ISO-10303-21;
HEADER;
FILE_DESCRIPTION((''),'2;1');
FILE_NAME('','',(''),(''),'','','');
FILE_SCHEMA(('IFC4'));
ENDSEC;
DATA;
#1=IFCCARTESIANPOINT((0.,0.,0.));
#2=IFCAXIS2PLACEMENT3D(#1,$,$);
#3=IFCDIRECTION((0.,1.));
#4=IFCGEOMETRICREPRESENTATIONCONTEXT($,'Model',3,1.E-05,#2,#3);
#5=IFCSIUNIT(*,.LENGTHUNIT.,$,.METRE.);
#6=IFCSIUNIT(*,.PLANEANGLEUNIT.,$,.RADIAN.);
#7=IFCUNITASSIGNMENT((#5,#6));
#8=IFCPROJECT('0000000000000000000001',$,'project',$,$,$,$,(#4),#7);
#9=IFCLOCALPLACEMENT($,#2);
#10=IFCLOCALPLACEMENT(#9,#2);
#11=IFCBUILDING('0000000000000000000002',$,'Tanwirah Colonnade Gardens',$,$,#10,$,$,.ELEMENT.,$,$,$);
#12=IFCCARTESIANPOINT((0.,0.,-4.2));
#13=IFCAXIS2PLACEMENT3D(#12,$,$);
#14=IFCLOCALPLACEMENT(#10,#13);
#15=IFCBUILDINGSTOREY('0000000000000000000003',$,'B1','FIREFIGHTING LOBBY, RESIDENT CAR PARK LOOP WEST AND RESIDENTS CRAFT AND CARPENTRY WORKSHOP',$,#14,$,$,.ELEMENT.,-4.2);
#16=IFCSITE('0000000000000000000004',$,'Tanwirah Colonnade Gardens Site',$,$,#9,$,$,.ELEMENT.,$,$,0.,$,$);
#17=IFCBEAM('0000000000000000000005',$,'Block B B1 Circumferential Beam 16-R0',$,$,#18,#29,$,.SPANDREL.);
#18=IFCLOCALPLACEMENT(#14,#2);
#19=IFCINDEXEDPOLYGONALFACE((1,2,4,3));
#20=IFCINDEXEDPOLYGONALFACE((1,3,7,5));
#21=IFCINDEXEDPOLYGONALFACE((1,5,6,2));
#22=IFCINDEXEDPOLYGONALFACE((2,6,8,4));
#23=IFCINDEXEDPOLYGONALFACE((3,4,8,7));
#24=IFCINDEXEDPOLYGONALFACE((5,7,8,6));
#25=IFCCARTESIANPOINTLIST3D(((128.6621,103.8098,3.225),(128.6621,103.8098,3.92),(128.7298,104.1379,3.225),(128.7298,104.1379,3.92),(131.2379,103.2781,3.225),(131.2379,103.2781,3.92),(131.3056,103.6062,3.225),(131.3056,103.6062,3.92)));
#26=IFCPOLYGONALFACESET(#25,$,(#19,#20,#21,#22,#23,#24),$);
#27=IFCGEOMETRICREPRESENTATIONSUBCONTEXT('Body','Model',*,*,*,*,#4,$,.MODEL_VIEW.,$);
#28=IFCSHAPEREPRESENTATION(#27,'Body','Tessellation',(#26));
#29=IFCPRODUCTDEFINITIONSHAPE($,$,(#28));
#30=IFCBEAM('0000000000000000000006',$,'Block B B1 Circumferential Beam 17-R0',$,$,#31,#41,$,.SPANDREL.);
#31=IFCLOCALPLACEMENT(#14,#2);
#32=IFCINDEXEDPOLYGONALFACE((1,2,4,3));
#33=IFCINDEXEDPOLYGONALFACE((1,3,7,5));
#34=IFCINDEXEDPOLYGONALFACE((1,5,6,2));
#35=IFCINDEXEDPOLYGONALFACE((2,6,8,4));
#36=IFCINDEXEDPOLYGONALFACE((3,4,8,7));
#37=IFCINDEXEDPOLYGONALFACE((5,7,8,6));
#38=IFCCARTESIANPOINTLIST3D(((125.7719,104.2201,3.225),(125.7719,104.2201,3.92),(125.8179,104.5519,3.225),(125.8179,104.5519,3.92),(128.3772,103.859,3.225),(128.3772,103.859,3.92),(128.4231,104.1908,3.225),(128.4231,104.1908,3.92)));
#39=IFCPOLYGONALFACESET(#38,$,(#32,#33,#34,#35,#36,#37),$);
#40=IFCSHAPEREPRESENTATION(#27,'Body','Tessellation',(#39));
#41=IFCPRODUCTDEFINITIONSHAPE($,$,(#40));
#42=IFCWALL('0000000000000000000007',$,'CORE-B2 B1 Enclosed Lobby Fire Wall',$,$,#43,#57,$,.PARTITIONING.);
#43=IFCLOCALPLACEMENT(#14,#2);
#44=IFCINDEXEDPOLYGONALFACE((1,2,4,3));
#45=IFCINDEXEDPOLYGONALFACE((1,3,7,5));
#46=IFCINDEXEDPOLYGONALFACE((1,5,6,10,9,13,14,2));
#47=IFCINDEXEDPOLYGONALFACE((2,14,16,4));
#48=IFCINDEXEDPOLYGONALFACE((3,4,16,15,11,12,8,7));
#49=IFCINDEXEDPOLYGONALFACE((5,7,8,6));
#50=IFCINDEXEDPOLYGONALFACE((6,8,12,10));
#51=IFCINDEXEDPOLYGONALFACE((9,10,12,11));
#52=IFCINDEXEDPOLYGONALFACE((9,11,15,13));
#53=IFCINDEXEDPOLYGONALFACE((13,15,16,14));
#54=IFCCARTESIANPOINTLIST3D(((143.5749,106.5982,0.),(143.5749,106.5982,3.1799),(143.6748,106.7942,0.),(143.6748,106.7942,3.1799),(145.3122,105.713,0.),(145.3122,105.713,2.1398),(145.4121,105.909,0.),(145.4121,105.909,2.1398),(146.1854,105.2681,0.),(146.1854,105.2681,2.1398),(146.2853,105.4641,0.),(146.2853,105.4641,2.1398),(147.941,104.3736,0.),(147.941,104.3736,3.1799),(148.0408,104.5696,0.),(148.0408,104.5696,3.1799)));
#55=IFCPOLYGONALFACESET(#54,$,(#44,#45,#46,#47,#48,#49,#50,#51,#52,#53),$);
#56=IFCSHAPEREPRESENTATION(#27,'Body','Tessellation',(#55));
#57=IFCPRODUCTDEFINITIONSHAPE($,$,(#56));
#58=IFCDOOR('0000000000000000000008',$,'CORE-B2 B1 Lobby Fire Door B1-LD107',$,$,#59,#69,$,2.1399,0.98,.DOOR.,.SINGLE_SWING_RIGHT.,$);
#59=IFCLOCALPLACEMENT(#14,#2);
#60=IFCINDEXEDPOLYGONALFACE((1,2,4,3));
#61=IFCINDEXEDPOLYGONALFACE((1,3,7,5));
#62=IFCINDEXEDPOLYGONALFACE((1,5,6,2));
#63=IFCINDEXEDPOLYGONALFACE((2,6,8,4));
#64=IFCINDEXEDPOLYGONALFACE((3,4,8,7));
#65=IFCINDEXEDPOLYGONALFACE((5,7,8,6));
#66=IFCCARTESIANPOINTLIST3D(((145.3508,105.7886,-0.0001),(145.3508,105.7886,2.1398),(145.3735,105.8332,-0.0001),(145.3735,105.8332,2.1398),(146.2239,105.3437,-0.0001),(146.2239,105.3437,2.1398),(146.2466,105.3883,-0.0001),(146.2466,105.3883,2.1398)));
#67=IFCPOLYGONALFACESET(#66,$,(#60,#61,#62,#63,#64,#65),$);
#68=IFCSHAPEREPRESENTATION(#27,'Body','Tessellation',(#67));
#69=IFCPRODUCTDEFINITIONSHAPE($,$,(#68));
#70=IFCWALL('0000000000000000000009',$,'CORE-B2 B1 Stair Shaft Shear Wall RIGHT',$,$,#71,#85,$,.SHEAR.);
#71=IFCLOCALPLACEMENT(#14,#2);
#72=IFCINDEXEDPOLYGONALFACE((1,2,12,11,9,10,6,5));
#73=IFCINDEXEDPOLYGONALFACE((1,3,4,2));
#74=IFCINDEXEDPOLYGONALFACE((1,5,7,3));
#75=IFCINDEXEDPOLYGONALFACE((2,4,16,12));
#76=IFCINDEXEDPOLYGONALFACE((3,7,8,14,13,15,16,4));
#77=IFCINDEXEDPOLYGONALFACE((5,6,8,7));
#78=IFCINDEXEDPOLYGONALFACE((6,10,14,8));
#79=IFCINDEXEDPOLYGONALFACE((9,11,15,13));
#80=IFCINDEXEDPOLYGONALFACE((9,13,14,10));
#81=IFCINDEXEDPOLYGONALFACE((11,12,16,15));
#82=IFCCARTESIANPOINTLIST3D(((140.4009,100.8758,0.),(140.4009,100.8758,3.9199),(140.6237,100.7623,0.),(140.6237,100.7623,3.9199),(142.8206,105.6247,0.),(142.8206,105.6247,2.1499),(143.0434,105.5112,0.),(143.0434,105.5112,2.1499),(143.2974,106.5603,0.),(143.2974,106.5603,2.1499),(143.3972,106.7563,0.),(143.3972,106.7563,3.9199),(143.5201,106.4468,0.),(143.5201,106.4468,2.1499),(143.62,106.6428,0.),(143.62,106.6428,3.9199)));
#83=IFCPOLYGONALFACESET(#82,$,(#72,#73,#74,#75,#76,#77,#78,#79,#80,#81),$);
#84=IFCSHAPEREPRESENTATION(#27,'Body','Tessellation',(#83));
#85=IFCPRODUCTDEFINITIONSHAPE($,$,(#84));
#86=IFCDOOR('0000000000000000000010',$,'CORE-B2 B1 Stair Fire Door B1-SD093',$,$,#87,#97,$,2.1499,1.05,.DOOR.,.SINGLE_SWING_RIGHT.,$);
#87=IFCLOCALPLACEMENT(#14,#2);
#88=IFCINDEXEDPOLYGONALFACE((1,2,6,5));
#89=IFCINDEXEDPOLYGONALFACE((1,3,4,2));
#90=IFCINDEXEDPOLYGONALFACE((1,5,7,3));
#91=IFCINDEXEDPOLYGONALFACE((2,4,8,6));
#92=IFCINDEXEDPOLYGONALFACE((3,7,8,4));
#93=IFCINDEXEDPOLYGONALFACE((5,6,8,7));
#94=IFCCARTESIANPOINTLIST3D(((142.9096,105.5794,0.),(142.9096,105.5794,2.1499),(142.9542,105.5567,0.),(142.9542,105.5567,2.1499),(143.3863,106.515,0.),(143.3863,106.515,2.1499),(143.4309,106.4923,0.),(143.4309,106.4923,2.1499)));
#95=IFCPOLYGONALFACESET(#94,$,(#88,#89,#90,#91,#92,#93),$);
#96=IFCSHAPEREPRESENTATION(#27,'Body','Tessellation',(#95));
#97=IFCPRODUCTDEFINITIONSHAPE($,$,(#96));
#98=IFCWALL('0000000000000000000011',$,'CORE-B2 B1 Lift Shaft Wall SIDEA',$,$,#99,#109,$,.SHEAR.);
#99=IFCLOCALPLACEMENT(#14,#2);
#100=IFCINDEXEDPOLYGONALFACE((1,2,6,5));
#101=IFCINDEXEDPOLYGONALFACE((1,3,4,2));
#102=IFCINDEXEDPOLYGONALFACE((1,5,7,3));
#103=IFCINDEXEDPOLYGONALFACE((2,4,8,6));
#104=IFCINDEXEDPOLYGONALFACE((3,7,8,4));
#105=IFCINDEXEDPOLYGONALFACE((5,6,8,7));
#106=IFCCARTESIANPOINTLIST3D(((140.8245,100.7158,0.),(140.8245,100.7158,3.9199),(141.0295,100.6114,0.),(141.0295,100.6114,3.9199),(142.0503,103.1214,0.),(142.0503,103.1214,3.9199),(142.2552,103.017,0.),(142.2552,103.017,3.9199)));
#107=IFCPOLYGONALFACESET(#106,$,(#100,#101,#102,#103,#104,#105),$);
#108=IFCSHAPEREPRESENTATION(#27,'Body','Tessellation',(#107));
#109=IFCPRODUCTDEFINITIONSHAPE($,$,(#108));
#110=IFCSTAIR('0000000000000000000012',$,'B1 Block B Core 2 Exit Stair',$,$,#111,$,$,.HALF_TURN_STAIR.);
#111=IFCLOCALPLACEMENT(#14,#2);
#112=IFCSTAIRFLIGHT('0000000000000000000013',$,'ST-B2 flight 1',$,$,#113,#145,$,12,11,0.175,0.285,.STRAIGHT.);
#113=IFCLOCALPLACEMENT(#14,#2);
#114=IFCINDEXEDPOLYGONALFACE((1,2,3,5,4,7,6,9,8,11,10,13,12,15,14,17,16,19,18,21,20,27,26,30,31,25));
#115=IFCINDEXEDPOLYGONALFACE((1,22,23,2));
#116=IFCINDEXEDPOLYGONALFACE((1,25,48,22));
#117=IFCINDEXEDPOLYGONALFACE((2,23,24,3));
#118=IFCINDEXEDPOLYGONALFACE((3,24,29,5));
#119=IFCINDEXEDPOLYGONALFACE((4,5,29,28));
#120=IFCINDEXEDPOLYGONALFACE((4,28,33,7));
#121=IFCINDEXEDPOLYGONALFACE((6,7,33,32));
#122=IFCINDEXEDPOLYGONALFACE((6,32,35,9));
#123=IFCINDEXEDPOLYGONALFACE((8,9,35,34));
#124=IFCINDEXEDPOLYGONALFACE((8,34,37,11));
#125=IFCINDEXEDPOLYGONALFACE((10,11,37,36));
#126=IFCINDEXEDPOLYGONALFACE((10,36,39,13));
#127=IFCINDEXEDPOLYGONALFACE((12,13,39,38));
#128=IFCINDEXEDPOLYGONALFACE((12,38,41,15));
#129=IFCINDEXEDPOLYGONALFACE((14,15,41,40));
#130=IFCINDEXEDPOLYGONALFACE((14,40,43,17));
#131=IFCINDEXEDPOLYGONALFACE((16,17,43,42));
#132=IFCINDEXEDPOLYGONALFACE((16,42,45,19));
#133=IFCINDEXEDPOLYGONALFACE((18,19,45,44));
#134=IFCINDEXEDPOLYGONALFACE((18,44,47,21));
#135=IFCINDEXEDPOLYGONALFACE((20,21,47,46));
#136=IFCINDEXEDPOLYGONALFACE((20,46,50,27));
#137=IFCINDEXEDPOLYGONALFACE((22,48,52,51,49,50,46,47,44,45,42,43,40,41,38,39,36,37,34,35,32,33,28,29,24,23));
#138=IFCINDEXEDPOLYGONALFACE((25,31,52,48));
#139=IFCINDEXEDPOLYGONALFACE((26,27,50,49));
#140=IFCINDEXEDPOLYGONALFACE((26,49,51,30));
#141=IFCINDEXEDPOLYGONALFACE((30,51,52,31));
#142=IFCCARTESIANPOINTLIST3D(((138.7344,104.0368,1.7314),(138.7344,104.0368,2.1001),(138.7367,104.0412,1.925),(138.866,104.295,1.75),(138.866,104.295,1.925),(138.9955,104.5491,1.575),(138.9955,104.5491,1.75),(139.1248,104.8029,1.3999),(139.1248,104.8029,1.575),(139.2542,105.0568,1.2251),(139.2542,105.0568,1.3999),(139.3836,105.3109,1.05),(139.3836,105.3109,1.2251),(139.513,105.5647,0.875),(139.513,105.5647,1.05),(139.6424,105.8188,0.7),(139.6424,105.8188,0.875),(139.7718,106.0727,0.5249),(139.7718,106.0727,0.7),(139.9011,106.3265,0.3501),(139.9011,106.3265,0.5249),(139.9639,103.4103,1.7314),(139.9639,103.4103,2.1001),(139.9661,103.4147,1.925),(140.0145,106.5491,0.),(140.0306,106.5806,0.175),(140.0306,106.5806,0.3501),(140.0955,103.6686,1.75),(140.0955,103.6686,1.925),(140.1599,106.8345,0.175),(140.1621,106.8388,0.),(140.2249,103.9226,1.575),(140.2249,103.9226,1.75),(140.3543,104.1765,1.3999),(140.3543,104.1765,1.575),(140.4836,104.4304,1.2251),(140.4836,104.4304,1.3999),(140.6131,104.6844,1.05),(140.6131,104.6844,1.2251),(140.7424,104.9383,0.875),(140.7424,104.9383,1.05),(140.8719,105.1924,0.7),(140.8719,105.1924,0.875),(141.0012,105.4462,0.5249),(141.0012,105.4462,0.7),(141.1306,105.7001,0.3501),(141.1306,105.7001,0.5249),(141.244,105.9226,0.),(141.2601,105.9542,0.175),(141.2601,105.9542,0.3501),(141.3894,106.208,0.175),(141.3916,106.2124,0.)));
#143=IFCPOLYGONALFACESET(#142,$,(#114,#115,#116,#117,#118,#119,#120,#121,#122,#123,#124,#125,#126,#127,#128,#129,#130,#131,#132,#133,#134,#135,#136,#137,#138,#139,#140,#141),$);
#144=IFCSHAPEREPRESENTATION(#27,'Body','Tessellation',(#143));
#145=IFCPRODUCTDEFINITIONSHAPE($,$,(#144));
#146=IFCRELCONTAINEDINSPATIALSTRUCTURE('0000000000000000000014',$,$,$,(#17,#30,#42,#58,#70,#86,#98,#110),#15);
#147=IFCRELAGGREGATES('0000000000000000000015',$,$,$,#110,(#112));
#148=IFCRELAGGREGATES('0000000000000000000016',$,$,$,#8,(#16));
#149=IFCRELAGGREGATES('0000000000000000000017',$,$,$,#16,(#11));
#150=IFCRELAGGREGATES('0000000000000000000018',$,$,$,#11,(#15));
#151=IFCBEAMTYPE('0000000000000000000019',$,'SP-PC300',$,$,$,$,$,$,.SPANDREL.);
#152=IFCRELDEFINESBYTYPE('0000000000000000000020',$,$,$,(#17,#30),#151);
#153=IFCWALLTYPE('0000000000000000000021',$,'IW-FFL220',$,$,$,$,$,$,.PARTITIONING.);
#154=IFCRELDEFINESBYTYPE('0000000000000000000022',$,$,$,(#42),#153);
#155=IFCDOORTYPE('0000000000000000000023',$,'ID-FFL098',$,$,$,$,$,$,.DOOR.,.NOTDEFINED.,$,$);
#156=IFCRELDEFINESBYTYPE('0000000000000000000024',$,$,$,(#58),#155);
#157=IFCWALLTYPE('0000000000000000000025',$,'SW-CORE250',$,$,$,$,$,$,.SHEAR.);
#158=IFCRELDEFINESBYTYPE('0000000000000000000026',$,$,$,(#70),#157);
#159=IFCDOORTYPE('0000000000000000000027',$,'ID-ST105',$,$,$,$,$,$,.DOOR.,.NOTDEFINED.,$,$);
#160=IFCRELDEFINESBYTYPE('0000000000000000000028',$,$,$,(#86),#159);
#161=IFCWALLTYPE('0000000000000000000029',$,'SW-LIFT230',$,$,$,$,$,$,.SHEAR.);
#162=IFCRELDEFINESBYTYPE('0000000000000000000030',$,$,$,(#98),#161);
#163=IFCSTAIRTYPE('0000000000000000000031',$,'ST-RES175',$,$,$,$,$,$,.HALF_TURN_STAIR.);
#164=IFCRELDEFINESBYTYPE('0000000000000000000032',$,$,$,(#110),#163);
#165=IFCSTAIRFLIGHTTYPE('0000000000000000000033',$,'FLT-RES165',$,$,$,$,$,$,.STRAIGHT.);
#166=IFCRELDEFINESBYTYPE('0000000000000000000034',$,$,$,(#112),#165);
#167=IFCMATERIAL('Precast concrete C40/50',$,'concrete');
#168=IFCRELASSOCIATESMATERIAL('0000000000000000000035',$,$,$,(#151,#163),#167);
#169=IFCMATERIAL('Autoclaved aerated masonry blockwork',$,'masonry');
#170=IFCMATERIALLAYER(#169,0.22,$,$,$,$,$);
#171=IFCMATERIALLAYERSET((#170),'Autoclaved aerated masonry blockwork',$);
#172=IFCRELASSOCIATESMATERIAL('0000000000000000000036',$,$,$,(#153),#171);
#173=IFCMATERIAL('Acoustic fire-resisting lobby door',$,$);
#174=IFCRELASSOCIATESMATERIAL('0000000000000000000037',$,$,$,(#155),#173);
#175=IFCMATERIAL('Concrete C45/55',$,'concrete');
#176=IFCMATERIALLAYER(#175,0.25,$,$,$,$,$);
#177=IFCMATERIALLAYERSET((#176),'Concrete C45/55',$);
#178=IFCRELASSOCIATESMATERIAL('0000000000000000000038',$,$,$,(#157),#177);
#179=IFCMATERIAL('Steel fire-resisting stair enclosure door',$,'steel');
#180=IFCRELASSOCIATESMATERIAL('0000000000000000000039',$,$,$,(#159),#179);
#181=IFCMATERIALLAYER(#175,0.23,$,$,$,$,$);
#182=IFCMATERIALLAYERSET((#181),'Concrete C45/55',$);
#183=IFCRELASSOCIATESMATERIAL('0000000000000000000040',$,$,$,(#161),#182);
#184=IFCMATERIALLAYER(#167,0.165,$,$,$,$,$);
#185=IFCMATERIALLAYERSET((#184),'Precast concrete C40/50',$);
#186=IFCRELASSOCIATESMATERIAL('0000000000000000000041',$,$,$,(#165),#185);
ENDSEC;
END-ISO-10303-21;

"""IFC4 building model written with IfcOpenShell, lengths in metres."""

from ifc_helpers import new_model, si_unit, direction, frame, frame_2d, origin, origin_2d, place, context, subcontext, project, spatial, polyline, rectangle, outline, extrude, material, layer, layer_set, material_profile, profile_set, type_object, element, fill, aggregate, save


model = new_model("IFC4")

# Units and contexts
model_context = context("Model", 3, precision=1e-05, world=origin(), true_north=direction((0.0, 1.0)))
body_context = subcontext(model_context, "Body", "Model", "MODEL_VIEW")
ifc_project = project(units=[si_unit("LENGTHUNIT", "METRE"), si_unit("PLANEANGLEUNIT", "RADIAN")], contexts=[model_context])

# Site, building, storey
site_placement = place(None, origin())
site = spatial("IfcSite", under=ifc_project, at=site_placement, Name="Tanwirah Colonnade Gardens Site", CompositionType="ELEMENT", RefElevation=0.0)
building_placement = place(site_placement, origin())
building = spatial("IfcBuilding", under=site, at=building_placement, Name="Tanwirah Colonnade Gardens", CompositionType="ELEMENT")
storey_placement = place(building_placement, frame((0.0, 0.0, -4.2)))
storey = spatial("IfcBuildingStorey", under=building, at=storey_placement, Name="B1", Description="FIREFIGHTING LOBBY, RESIDENT CAR PARK LOOP WEST AND RESIDENTS CRAFT AND CARPENTRY WORKSHOP", CompositionType="ELEMENT", Elevation=-4.2)

# Shared definitions
ifc_material_1 = material(Name="Concrete C45/55", Category="concrete")

# Beams
ifc_material_2 = material(Name="Precast concrete C40/50", Category="concrete")
ifc_material_profile_1 = material_profile(ifc_material_2, rectangle(XDim=0.335, YDim=0.6951, at=origin_2d()), Name="PC-SP 335x695")
ifc_profile_set_1 = profile_set([ifc_material_profile_1], Name="Precast concrete C40/50")
beam_type_1 = type_object("IfcBeamType", Name="SP-PC300", PredefinedType="SPANDREL", material=ifc_profile_set_1)
for number, where, z_axis, x_axis, name in (
    (1, (131.2717, 103.4421, 3.5725), (-0.979352, 0.202164, 0.0), (-0.202164, -0.979352, 0.0), "Block B B1 Circumferential Beam 16-R0"),
    (2, (128.4001, 104.0249, 3.5725), (-0.990531, 0.137288, 0.0), (-0.137288, -0.990531, 0.0), "Block B B1 Circumferential Beam 17-R0"),
):
    element("IfcBeam", number, at=place(storey_placement, frame(where, z_axis=z_axis, x_axis=x_axis)), inside=storey, type_object=beam_type_1, Name=name, PredefinedType="SPANDREL", context=body_context, shape_type="SweptSolid", body=[
        extrude(rectangle(XDim=0.335, YDim=0.6951, at=origin_2d()), origin(), (0.0, 0.0, 1.0), 2.6301),
    ])

# Walls, openings, doors
ifc_material_3 = material(Name="Autoclaved aerated masonry blockwork", Category="masonry")
ifc_layer_1 = layer(ifc_material_3, 0.22)
ifc_layer_set_1 = layer_set([ifc_layer_1], Name="Autoclaved aerated masonry blockwork")
wall_type_1 = type_object("IfcWallType", Name="IW-FFL220", PredefinedType="PARTITIONING", material=ifc_layer_set_1)
wall_1_placement = place(storey_placement, frame((143.6248, 106.6963, 0.0), z_axis=(0.0, 0.0, 1.0), x_axis=(0.891003, -0.453997, 0.0)))
wall_1 = element("IfcWall", 3, at=wall_1_placement, inside=storey, type_object=wall_type_1, Name="CORE-B2 B1 Enclosed Lobby Fire Wall", PredefinedType="PARTITIONING", context=body_context, shape_type="SweptSolid", body=[
    extrude(rectangle(XDim=4.9001, YDim=0.22, at=frame_2d((2.4502, 0.0))), origin(), (0.0, 0.0, 1.0), 3.1799),
])
opening_1_placement = place(wall_1_placement, frame((1.95, 0.0, 0.0)))
opening_1 = element("IfcOpeningElement", 4, at=opening_1_placement, cuts=wall_1, PredefinedType="OPENING", context=body_context, shape_type="SweptSolid", body=[
    extrude(rectangle(XDim=0.98, YDim=2.1399, at=frame_2d((0.49, 1.0698))), frame((0.0, 0.1199, 0.0), z_axis=(0.0, -1.0, 0.0), x_axis=(1.0, 0.0, 0.0)), (0.0, 0.0, 1.0), 0.24),
])
ifc_material_4 = material(Name="Acoustic fire-resisting lobby door")
door_type_1 = type_object("IfcDoorType", Name="ID-FFL098", OperationType="NOTDEFINED", PredefinedType="DOOR", material=ifc_material_4)
door_1_placement = place(opening_1_placement, origin())
door_1 = element("IfcDoor", 5, at=door_1_placement, inside=storey, type_object=door_type_1, Name="CORE-B2 B1 Lobby Fire Door B1-LD107", OperationType="SINGLE_SWING_RIGHT", OverallHeight=2.1399, OverallWidth=0.98, PredefinedType="DOOR", context=body_context, shape_type="SweptSolid", body=[
    extrude(rectangle(XDim=0.98, YDim=2.1399, at=frame_2d((0.49, 1.0698))), frame((0.0, 0.0249, 0.0), z_axis=(0.0, -1.0, 0.0), x_axis=(1.0, 0.0, 0.0)), (0.0, 0.0, 1.0), 0.05),
])
fill(opening_1, door_1)
ifc_layer_2 = layer(ifc_material_1, 0.25)
ifc_layer_set_2 = layer_set([ifc_layer_2], Name="Concrete C45/55")
wall_type_2 = type_object("IfcWallType", Name="SW-CORE250", PredefinedType="SHEAR", material=ifc_layer_set_2)
wall_2_placement = place(storey_placement, frame((143.5085, 106.6995, 0.0), z_axis=(0.0, 0.0, 1.0), x_axis=(-0.453992, -0.891006, 0.0)))
wall_2 = element("IfcWall", 6, at=wall_2_placement, inside=storey, type_object=wall_type_2, Name="CORE-B2 B1 Stair Shaft Shear Wall RIGHT", PredefinedType="SHEAR", context=body_context, shape_type="SweptSolid", body=[
    extrude(rectangle(XDim=6.5999, YDim=0.25, at=frame_2d((3.2998, 0.0))), origin(), (0.0, 0.0, 1.0), 3.9199),
])
opening_2_placement = place(wall_2_placement, frame((0.22, 0.0, 0.0)))
opening_2 = element("IfcOpeningElement", 7, at=opening_2_placement, cuts=wall_2, PredefinedType="OPENING", context=body_context, shape_type="SweptSolid", body=[
    extrude(rectangle(XDim=1.05, YDim=2.1499, at=frame_2d((0.5249, 1.075))), frame((0.0, 0.135, 0.0), z_axis=(0.0, -1.0, 0.0), x_axis=(1.0, 0.0, 0.0)), (0.0, 0.0, 1.0), 0.27),
])
ifc_material_5 = material(Name="Steel fire-resisting stair enclosure door", Category="steel")
door_type_2 = type_object("IfcDoorType", Name="ID-ST105", OperationType="NOTDEFINED", PredefinedType="DOOR", material=ifc_material_5)
door_2_placement = place(opening_2_placement, origin())
door_2 = element("IfcDoor", 8, at=door_2_placement, inside=storey, type_object=door_type_2, Name="CORE-B2 B1 Stair Fire Door B1-SD093", OperationType="SINGLE_SWING_RIGHT", OverallHeight=2.1499, OverallWidth=1.05, PredefinedType="DOOR", context=body_context, shape_type="SweptSolid", body=[
    extrude(rectangle(XDim=1.05, YDim=2.1499, at=frame_2d((0.5249, 1.075))), frame((0.0, 0.0249, 0.0), z_axis=(0.0, -1.0, 0.0), x_axis=(1.0, 0.0, 0.0)), (0.0, 0.0, 1.0), 0.05),
])
fill(opening_2, door_2)
ifc_layer_3 = layer(ifc_material_1, 0.23)
ifc_layer_set_3 = layer_set([ifc_layer_3], Name="Concrete C45/55")
wall_type_3 = type_object("IfcWallType", Name="SW-LIFT230", PredefinedType="SHEAR", material=ifc_layer_set_3)

# Wall
wall_3_placement = place(storey_placement, frame((142.1528, 103.0693, 0.0), z_axis=(0.0, 0.0, 1.0), x_axis=(-0.454, -0.891002, 0.0)))
element("IfcWall", 9, at=wall_3_placement, inside=storey, type_object=wall_type_3, Name="CORE-B2 B1 Lift Shaft Wall SIDEA", PredefinedType="SHEAR", context=body_context, shape_type="SweptSolid", body=[
    extrude(rectangle(XDim=2.7, YDim=0.23, at=frame_2d((1.3501, 0.0))), origin(), (0.0, 0.0, 1.0), 3.9199),
])

# Stair, stair flight
stair_type = type_object("IfcStairType", Name="ST-RES175", PredefinedType="HALF_TURN_STAIR", material=ifc_material_2)
stair_placement = place(storey_placement, origin())
stair = element("IfcStair", 10, at=stair_placement, inside=storey, type_object=stair_type, Name="B1 Block B Core 2 Exit Stair", PredefinedType="HALF_TURN_STAIR")
ifc_layer_4 = layer(ifc_material_2, 0.165)
ifc_layer_set_4 = layer_set([ifc_layer_4], Name="Precast concrete C40/50")
stair_flight_type = type_object("IfcStairFlightType", Name="FLT-RES165", PredefinedType="STRAIGHT", material=ifc_layer_set_4)
stair_flight_1_placement = place(storey_placement, frame((140.7747, 106.5212, 0.0), z_axis=(0.0, 0.0, 1.0), x_axis=(-0.45399, -0.891007, 0.0)))
stair_flight_1 = element("IfcStairFlight", 11, at=stair_flight_1_placement, type_object=stair_flight_type, Name="ST-B2 flight 1", NumberOfRisers=12, NumberOfTreads=11, PredefinedType="STRAIGHT", RiserHeight=0.175, TreadLength=0.285, context=body_context, shape_type="SweptSolid", body=[
    extrude(outline(polyline([(-0.0049, 0.0), (0.0, 0.175), (0.2849, 0.175), (0.2849, 0.3501), (0.5701, 0.3501), (0.5701, 0.5249), (0.855, 0.5249), (0.855, 0.7), (1.1399, 0.7), (1.1399, 0.875), (1.425, 0.875), (1.425, 1.05), (1.71, 1.05), (1.71, 1.2251), (1.9951, 1.2251), (1.9951, 1.3999), (2.28, 1.3999), (2.28, 1.575), (2.5649, 1.575), (2.5649, 1.75), (2.8501, 1.75), (2.8501, 1.925), (3.135, 1.925), (3.1399, 2.1001), (3.1399, 1.7314), (0.3203, 0.0), (-0.0049, 0.0)])), frame((0.0, 0.6899, 0.0), z_axis=(0.0, -1.0, 0.0), x_axis=(1.0, 0.0, 0.0)), (0.0, 0.0, 1.0), 1.3799),
])
aggregate(stair, [stair_flight_1])

save(model, "model.ifc")
